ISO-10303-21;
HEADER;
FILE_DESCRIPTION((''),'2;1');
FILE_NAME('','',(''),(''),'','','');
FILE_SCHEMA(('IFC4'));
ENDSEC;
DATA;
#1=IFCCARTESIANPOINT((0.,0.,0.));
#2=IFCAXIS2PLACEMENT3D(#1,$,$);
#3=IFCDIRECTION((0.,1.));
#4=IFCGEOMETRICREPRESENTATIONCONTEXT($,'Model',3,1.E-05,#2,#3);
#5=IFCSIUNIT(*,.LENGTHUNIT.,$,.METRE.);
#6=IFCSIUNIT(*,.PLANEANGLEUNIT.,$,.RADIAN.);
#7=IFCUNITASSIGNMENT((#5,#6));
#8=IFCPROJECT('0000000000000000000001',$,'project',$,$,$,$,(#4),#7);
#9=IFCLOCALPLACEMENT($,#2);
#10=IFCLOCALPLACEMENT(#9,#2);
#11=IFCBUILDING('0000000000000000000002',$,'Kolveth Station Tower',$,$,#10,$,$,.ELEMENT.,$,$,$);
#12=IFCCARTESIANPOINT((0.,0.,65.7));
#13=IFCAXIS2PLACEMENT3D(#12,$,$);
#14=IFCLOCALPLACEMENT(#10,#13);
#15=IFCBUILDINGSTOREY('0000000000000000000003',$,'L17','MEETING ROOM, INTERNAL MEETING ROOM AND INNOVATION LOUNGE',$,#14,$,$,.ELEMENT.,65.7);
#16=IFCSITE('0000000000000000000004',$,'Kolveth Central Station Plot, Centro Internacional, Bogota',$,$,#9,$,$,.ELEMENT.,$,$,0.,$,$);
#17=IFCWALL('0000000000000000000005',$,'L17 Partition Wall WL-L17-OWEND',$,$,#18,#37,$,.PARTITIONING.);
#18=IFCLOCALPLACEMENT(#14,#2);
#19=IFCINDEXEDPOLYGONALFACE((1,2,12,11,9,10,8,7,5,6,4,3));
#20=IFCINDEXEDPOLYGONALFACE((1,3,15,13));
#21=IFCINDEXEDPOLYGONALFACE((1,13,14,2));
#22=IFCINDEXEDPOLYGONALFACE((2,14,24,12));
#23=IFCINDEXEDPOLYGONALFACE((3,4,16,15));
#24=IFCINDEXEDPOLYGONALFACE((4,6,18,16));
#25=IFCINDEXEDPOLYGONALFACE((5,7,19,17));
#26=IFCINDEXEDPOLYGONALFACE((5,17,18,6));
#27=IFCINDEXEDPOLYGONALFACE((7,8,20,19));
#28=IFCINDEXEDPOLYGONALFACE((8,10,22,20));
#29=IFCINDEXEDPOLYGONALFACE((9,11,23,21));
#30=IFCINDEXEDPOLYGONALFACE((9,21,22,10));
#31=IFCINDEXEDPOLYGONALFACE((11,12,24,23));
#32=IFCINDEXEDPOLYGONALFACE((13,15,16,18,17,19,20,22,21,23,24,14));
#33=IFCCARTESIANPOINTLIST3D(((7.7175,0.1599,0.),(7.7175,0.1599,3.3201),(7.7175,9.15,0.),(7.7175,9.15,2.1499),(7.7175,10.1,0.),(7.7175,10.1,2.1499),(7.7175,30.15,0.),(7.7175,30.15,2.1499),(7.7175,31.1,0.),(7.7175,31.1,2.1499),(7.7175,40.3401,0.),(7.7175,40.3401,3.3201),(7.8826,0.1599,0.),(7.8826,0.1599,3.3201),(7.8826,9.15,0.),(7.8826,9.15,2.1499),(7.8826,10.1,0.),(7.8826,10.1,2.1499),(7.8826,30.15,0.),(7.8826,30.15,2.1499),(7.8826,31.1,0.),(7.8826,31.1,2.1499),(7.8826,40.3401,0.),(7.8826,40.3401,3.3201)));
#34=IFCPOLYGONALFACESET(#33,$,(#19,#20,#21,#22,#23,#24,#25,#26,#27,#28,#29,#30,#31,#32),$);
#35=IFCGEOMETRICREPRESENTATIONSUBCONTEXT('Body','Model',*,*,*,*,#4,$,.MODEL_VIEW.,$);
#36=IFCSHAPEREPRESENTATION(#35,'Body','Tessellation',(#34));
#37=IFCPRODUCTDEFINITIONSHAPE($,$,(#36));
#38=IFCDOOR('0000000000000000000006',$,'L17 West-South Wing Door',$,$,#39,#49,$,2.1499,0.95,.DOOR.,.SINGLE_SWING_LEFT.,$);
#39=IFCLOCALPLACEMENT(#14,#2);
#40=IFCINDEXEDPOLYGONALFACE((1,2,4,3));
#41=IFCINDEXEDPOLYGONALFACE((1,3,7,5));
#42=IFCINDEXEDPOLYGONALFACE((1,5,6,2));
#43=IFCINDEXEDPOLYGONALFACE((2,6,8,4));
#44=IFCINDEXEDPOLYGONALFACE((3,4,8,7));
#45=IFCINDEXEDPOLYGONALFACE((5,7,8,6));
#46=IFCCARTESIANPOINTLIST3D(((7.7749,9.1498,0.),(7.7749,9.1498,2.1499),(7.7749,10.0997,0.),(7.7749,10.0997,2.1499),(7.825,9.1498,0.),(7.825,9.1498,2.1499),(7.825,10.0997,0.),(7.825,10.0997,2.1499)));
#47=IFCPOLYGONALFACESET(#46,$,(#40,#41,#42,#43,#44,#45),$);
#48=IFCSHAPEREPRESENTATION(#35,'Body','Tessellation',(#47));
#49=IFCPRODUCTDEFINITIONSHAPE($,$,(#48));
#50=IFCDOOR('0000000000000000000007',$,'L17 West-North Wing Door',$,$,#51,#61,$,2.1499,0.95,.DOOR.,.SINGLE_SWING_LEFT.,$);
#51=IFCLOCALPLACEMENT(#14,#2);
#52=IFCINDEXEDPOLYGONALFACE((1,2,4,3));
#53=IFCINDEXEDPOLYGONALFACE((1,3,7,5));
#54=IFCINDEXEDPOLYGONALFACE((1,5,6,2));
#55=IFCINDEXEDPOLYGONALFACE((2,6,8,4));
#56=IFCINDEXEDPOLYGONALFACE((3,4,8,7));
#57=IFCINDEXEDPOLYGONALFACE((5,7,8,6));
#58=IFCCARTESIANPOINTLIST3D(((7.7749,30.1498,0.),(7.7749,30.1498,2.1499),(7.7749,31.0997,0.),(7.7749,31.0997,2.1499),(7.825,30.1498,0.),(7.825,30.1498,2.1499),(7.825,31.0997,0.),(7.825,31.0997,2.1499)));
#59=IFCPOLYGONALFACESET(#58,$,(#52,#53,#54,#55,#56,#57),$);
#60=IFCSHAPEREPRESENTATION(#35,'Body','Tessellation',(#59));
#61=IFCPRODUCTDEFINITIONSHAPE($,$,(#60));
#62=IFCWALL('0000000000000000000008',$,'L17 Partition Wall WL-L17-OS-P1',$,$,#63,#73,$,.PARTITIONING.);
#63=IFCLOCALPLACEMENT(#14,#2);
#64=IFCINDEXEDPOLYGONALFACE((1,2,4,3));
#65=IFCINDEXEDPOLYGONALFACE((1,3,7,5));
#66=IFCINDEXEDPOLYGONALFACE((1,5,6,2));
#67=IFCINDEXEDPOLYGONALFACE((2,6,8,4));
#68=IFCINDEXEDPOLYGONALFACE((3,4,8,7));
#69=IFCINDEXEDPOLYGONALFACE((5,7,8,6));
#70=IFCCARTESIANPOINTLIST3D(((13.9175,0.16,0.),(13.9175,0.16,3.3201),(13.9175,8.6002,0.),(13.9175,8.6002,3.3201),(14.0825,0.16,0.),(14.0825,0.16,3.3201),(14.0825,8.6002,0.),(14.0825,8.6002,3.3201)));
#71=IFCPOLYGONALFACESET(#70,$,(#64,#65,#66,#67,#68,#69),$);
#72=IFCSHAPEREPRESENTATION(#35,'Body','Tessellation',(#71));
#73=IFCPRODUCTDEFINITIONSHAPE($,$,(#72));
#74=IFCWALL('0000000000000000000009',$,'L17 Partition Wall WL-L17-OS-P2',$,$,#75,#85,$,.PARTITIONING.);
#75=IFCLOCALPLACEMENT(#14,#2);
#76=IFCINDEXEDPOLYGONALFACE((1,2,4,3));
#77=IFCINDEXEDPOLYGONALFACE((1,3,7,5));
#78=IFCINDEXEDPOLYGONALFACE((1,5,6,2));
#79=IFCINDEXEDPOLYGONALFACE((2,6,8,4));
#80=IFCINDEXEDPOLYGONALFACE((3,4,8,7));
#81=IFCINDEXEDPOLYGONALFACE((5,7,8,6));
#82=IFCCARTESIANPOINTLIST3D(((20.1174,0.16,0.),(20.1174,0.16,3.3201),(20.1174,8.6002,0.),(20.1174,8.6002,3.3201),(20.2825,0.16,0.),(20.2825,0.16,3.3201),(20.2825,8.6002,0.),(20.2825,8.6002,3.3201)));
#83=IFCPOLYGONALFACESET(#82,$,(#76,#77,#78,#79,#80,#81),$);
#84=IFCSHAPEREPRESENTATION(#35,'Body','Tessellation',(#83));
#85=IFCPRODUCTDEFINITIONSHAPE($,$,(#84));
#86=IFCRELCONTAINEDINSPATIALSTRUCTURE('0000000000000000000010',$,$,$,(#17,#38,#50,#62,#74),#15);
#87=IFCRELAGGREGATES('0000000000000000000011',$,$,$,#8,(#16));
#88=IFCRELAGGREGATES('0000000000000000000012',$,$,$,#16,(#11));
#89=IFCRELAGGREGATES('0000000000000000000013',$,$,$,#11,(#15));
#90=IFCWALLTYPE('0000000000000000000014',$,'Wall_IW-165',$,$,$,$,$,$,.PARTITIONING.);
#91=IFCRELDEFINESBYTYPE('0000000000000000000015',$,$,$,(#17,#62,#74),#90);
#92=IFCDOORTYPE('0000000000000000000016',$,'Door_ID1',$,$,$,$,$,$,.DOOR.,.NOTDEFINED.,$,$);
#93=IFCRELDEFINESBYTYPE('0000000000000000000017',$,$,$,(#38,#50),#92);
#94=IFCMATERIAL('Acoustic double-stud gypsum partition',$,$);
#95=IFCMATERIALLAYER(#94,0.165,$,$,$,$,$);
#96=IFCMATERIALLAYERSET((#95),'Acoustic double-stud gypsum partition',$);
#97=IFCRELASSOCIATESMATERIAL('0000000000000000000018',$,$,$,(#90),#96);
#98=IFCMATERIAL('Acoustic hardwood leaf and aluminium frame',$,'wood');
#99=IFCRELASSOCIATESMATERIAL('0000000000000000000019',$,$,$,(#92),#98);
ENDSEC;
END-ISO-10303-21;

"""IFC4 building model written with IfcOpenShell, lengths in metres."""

from ifc_helpers import new_model, si_unit, direction, frame, frame_2d, origin, place, context, subcontext, project, spatial, rectangle, extrude, material, layer, layer_set, type_object, element, fill, save


model = new_model("IFC4")

# Units and contexts
model_context = context("Model", 3, precision=1e-05, world=origin(), true_north=direction((0.0, 1.0)))
body_context = subcontext(model_context, "Body", "Model", "MODEL_VIEW")
ifc_project = project(units=[si_unit("LENGTHUNIT", "METRE"), si_unit("PLANEANGLEUNIT", "RADIAN")], contexts=[model_context])

# Site, building, storey
site_placement = place(None, origin())
site = spatial("IfcSite", under=ifc_project, at=site_placement, Name="Kolveth Central Station Plot, Centro Internacional, Bogota", CompositionType="ELEMENT", RefElevation=0.0)
building_placement = place(site_placement, origin())
building = spatial("IfcBuilding", under=site, at=building_placement, Name="Kolveth Station Tower", CompositionType="ELEMENT")
storey_placement = place(building_placement, frame((0.0, 0.0, 65.7)))
storey = spatial("IfcBuildingStorey", under=building, at=storey_placement, Name="L17", Description="MEETING ROOM, INTERNAL MEETING ROOM AND INNOVATION LOUNGE", CompositionType="ELEMENT", Elevation=65.7)

# Wall, openings, doors
ifc_material_1 = material(Name="Acoustic double-stud gypsum partition")
ifc_layer_1 = layer(ifc_material_1, 0.165)
ifc_layer_set_1 = layer_set([ifc_layer_1], Name="Acoustic double-stud gypsum partition")
wall_type = type_object("IfcWallType", Name="Wall_IW-165", PredefinedType="PARTITIONING", material=ifc_layer_set_1)
wall_placement = place(storey_placement, frame((7.8, 0.1599, 0.0), z_axis=(0.0, 0.0, 1.0), x_axis=(0.0, 1.0, 0.0)))
wall = element("IfcWall", 1, at=wall_placement, inside=storey, type_object=wall_type, Name="L17 Partition Wall WL-L17-OWEND", PredefinedType="PARTITIONING", context=body_context, shape_type="SweptSolid", body=[
    extrude(rectangle(XDim=40.1802, YDim=0.165, at=frame_2d((20.0901, 0.0))), origin(), (0.0, 0.0, 1.0), 3.3201),
])
opening_1_placement = place(wall_placement, frame((8.99, 0.0, 0.0)))
opening_1 = element("IfcOpeningElement", 2, at=opening_1_placement, cuts=wall, PredefinedType="OPENING", context=body_context, shape_type="SweptSolid", body=[
    extrude(rectangle(XDim=0.95, YDim=2.1499, at=frame_2d((0.4751, 1.075))), frame((0.0, 0.0925, 0.0), z_axis=(0.0, -1.0, 0.0), x_axis=(1.0, 0.0, 0.0)), (0.0, 0.0, 1.0), 0.1851),
])
opening_2_placement = place(wall_placement, frame((29.99, 0.0, 0.0)))
opening_2 = element("IfcOpeningElement", 3, at=opening_2_placement, cuts=wall, PredefinedType="OPENING", context=body_context, shape_type="SweptSolid", body=[
    extrude(rectangle(XDim=0.95, YDim=2.1499, at=frame_2d((0.4751, 1.075))), frame((0.0, 0.0925, 0.0), z_axis=(0.0, -1.0, 0.0), x_axis=(1.0, 0.0, 0.0)), (0.0, 0.0, 1.0), 0.1851),
])
ifc_material_2 = material(Name="Acoustic hardwood leaf and aluminium frame", Category="wood")
door_type = type_object("IfcDoorType", Name="Door_ID1", OperationType="NOTDEFINED", PredefinedType="DOOR", material=ifc_material_2)
door_1_placement = place(opening_1_placement, frame((0.95, 0.0, 0.0), z_axis=(0.0, 0.0, 1.0), x_axis=(-1.0, 0.0, 0.0)))
door_1 = element("IfcDoor", 4, at=door_1_placement, inside=storey, type_object=door_type, Name="L17 West-South Wing Door", OperationType="SINGLE_SWING_LEFT", OverallHeight=2.1499, OverallWidth=0.95, PredefinedType="DOOR", context=body_context, shape_type="SweptSolid", body=[
    extrude(rectangle(XDim=0.95, YDim=2.1499, at=frame_2d((0.4751, 1.075))), frame((0.0, 0.0249, 0.0), z_axis=(0.0, -1.0, 0.0), x_axis=(1.0, 0.0, 0.0)), (0.0, 0.0, 1.0), 0.05),
])
fill(opening_1, door_1)
door_2_placement = place(opening_2_placement, frame((0.95, 0.0, 0.0), z_axis=(0.0, 0.0, 1.0), x_axis=(-1.0, 0.0, 0.0)))
door_2 = element("IfcDoor", 5, at=door_2_placement, inside=storey, type_object=door_type, Name="L17 West-North Wing Door", OperationType="SINGLE_SWING_LEFT", OverallHeight=2.1499, OverallWidth=0.95, PredefinedType="DOOR", context=body_context, shape_type="SweptSolid", body=[
    extrude(rectangle(XDim=0.95, YDim=2.1499, at=frame_2d((0.4751, 1.075))), frame((0.0, 0.0249, 0.0), z_axis=(0.0, -1.0, 0.0), x_axis=(1.0, 0.0, 0.0)), (0.0, 0.0, 1.0), 0.05),
])
fill(opening_2, door_2)

# Walls
for number, where, z_axis, x_axis, name in (
    (6, (14.0, 0.1599, 0.0), (0.0, 0.0, 1.0), (0.0, 1.0, 0.0), "L17 Partition Wall WL-L17-OS-P1"),
    (7, (20.2, 0.1599, 0.0), (0.0, 0.0, 1.0), (0.0, 1.0, 0.0), "L17 Partition Wall WL-L17-OS-P2"),
):
    element("IfcWall", number, at=place(storey_placement, frame(where, z_axis=z_axis, x_axis=x_axis)), inside=storey, type_object=wall_type, Name=name, PredefinedType="PARTITIONING", context=body_context, shape_type="SweptSolid", body=[
        extrude(rectangle(XDim=8.4402, YDim=0.165, at=frame_2d((4.2202, 0.0))), origin(), (0.0, 0.0, 1.0), 3.3201),
    ])

save(model, "model.ifc")
